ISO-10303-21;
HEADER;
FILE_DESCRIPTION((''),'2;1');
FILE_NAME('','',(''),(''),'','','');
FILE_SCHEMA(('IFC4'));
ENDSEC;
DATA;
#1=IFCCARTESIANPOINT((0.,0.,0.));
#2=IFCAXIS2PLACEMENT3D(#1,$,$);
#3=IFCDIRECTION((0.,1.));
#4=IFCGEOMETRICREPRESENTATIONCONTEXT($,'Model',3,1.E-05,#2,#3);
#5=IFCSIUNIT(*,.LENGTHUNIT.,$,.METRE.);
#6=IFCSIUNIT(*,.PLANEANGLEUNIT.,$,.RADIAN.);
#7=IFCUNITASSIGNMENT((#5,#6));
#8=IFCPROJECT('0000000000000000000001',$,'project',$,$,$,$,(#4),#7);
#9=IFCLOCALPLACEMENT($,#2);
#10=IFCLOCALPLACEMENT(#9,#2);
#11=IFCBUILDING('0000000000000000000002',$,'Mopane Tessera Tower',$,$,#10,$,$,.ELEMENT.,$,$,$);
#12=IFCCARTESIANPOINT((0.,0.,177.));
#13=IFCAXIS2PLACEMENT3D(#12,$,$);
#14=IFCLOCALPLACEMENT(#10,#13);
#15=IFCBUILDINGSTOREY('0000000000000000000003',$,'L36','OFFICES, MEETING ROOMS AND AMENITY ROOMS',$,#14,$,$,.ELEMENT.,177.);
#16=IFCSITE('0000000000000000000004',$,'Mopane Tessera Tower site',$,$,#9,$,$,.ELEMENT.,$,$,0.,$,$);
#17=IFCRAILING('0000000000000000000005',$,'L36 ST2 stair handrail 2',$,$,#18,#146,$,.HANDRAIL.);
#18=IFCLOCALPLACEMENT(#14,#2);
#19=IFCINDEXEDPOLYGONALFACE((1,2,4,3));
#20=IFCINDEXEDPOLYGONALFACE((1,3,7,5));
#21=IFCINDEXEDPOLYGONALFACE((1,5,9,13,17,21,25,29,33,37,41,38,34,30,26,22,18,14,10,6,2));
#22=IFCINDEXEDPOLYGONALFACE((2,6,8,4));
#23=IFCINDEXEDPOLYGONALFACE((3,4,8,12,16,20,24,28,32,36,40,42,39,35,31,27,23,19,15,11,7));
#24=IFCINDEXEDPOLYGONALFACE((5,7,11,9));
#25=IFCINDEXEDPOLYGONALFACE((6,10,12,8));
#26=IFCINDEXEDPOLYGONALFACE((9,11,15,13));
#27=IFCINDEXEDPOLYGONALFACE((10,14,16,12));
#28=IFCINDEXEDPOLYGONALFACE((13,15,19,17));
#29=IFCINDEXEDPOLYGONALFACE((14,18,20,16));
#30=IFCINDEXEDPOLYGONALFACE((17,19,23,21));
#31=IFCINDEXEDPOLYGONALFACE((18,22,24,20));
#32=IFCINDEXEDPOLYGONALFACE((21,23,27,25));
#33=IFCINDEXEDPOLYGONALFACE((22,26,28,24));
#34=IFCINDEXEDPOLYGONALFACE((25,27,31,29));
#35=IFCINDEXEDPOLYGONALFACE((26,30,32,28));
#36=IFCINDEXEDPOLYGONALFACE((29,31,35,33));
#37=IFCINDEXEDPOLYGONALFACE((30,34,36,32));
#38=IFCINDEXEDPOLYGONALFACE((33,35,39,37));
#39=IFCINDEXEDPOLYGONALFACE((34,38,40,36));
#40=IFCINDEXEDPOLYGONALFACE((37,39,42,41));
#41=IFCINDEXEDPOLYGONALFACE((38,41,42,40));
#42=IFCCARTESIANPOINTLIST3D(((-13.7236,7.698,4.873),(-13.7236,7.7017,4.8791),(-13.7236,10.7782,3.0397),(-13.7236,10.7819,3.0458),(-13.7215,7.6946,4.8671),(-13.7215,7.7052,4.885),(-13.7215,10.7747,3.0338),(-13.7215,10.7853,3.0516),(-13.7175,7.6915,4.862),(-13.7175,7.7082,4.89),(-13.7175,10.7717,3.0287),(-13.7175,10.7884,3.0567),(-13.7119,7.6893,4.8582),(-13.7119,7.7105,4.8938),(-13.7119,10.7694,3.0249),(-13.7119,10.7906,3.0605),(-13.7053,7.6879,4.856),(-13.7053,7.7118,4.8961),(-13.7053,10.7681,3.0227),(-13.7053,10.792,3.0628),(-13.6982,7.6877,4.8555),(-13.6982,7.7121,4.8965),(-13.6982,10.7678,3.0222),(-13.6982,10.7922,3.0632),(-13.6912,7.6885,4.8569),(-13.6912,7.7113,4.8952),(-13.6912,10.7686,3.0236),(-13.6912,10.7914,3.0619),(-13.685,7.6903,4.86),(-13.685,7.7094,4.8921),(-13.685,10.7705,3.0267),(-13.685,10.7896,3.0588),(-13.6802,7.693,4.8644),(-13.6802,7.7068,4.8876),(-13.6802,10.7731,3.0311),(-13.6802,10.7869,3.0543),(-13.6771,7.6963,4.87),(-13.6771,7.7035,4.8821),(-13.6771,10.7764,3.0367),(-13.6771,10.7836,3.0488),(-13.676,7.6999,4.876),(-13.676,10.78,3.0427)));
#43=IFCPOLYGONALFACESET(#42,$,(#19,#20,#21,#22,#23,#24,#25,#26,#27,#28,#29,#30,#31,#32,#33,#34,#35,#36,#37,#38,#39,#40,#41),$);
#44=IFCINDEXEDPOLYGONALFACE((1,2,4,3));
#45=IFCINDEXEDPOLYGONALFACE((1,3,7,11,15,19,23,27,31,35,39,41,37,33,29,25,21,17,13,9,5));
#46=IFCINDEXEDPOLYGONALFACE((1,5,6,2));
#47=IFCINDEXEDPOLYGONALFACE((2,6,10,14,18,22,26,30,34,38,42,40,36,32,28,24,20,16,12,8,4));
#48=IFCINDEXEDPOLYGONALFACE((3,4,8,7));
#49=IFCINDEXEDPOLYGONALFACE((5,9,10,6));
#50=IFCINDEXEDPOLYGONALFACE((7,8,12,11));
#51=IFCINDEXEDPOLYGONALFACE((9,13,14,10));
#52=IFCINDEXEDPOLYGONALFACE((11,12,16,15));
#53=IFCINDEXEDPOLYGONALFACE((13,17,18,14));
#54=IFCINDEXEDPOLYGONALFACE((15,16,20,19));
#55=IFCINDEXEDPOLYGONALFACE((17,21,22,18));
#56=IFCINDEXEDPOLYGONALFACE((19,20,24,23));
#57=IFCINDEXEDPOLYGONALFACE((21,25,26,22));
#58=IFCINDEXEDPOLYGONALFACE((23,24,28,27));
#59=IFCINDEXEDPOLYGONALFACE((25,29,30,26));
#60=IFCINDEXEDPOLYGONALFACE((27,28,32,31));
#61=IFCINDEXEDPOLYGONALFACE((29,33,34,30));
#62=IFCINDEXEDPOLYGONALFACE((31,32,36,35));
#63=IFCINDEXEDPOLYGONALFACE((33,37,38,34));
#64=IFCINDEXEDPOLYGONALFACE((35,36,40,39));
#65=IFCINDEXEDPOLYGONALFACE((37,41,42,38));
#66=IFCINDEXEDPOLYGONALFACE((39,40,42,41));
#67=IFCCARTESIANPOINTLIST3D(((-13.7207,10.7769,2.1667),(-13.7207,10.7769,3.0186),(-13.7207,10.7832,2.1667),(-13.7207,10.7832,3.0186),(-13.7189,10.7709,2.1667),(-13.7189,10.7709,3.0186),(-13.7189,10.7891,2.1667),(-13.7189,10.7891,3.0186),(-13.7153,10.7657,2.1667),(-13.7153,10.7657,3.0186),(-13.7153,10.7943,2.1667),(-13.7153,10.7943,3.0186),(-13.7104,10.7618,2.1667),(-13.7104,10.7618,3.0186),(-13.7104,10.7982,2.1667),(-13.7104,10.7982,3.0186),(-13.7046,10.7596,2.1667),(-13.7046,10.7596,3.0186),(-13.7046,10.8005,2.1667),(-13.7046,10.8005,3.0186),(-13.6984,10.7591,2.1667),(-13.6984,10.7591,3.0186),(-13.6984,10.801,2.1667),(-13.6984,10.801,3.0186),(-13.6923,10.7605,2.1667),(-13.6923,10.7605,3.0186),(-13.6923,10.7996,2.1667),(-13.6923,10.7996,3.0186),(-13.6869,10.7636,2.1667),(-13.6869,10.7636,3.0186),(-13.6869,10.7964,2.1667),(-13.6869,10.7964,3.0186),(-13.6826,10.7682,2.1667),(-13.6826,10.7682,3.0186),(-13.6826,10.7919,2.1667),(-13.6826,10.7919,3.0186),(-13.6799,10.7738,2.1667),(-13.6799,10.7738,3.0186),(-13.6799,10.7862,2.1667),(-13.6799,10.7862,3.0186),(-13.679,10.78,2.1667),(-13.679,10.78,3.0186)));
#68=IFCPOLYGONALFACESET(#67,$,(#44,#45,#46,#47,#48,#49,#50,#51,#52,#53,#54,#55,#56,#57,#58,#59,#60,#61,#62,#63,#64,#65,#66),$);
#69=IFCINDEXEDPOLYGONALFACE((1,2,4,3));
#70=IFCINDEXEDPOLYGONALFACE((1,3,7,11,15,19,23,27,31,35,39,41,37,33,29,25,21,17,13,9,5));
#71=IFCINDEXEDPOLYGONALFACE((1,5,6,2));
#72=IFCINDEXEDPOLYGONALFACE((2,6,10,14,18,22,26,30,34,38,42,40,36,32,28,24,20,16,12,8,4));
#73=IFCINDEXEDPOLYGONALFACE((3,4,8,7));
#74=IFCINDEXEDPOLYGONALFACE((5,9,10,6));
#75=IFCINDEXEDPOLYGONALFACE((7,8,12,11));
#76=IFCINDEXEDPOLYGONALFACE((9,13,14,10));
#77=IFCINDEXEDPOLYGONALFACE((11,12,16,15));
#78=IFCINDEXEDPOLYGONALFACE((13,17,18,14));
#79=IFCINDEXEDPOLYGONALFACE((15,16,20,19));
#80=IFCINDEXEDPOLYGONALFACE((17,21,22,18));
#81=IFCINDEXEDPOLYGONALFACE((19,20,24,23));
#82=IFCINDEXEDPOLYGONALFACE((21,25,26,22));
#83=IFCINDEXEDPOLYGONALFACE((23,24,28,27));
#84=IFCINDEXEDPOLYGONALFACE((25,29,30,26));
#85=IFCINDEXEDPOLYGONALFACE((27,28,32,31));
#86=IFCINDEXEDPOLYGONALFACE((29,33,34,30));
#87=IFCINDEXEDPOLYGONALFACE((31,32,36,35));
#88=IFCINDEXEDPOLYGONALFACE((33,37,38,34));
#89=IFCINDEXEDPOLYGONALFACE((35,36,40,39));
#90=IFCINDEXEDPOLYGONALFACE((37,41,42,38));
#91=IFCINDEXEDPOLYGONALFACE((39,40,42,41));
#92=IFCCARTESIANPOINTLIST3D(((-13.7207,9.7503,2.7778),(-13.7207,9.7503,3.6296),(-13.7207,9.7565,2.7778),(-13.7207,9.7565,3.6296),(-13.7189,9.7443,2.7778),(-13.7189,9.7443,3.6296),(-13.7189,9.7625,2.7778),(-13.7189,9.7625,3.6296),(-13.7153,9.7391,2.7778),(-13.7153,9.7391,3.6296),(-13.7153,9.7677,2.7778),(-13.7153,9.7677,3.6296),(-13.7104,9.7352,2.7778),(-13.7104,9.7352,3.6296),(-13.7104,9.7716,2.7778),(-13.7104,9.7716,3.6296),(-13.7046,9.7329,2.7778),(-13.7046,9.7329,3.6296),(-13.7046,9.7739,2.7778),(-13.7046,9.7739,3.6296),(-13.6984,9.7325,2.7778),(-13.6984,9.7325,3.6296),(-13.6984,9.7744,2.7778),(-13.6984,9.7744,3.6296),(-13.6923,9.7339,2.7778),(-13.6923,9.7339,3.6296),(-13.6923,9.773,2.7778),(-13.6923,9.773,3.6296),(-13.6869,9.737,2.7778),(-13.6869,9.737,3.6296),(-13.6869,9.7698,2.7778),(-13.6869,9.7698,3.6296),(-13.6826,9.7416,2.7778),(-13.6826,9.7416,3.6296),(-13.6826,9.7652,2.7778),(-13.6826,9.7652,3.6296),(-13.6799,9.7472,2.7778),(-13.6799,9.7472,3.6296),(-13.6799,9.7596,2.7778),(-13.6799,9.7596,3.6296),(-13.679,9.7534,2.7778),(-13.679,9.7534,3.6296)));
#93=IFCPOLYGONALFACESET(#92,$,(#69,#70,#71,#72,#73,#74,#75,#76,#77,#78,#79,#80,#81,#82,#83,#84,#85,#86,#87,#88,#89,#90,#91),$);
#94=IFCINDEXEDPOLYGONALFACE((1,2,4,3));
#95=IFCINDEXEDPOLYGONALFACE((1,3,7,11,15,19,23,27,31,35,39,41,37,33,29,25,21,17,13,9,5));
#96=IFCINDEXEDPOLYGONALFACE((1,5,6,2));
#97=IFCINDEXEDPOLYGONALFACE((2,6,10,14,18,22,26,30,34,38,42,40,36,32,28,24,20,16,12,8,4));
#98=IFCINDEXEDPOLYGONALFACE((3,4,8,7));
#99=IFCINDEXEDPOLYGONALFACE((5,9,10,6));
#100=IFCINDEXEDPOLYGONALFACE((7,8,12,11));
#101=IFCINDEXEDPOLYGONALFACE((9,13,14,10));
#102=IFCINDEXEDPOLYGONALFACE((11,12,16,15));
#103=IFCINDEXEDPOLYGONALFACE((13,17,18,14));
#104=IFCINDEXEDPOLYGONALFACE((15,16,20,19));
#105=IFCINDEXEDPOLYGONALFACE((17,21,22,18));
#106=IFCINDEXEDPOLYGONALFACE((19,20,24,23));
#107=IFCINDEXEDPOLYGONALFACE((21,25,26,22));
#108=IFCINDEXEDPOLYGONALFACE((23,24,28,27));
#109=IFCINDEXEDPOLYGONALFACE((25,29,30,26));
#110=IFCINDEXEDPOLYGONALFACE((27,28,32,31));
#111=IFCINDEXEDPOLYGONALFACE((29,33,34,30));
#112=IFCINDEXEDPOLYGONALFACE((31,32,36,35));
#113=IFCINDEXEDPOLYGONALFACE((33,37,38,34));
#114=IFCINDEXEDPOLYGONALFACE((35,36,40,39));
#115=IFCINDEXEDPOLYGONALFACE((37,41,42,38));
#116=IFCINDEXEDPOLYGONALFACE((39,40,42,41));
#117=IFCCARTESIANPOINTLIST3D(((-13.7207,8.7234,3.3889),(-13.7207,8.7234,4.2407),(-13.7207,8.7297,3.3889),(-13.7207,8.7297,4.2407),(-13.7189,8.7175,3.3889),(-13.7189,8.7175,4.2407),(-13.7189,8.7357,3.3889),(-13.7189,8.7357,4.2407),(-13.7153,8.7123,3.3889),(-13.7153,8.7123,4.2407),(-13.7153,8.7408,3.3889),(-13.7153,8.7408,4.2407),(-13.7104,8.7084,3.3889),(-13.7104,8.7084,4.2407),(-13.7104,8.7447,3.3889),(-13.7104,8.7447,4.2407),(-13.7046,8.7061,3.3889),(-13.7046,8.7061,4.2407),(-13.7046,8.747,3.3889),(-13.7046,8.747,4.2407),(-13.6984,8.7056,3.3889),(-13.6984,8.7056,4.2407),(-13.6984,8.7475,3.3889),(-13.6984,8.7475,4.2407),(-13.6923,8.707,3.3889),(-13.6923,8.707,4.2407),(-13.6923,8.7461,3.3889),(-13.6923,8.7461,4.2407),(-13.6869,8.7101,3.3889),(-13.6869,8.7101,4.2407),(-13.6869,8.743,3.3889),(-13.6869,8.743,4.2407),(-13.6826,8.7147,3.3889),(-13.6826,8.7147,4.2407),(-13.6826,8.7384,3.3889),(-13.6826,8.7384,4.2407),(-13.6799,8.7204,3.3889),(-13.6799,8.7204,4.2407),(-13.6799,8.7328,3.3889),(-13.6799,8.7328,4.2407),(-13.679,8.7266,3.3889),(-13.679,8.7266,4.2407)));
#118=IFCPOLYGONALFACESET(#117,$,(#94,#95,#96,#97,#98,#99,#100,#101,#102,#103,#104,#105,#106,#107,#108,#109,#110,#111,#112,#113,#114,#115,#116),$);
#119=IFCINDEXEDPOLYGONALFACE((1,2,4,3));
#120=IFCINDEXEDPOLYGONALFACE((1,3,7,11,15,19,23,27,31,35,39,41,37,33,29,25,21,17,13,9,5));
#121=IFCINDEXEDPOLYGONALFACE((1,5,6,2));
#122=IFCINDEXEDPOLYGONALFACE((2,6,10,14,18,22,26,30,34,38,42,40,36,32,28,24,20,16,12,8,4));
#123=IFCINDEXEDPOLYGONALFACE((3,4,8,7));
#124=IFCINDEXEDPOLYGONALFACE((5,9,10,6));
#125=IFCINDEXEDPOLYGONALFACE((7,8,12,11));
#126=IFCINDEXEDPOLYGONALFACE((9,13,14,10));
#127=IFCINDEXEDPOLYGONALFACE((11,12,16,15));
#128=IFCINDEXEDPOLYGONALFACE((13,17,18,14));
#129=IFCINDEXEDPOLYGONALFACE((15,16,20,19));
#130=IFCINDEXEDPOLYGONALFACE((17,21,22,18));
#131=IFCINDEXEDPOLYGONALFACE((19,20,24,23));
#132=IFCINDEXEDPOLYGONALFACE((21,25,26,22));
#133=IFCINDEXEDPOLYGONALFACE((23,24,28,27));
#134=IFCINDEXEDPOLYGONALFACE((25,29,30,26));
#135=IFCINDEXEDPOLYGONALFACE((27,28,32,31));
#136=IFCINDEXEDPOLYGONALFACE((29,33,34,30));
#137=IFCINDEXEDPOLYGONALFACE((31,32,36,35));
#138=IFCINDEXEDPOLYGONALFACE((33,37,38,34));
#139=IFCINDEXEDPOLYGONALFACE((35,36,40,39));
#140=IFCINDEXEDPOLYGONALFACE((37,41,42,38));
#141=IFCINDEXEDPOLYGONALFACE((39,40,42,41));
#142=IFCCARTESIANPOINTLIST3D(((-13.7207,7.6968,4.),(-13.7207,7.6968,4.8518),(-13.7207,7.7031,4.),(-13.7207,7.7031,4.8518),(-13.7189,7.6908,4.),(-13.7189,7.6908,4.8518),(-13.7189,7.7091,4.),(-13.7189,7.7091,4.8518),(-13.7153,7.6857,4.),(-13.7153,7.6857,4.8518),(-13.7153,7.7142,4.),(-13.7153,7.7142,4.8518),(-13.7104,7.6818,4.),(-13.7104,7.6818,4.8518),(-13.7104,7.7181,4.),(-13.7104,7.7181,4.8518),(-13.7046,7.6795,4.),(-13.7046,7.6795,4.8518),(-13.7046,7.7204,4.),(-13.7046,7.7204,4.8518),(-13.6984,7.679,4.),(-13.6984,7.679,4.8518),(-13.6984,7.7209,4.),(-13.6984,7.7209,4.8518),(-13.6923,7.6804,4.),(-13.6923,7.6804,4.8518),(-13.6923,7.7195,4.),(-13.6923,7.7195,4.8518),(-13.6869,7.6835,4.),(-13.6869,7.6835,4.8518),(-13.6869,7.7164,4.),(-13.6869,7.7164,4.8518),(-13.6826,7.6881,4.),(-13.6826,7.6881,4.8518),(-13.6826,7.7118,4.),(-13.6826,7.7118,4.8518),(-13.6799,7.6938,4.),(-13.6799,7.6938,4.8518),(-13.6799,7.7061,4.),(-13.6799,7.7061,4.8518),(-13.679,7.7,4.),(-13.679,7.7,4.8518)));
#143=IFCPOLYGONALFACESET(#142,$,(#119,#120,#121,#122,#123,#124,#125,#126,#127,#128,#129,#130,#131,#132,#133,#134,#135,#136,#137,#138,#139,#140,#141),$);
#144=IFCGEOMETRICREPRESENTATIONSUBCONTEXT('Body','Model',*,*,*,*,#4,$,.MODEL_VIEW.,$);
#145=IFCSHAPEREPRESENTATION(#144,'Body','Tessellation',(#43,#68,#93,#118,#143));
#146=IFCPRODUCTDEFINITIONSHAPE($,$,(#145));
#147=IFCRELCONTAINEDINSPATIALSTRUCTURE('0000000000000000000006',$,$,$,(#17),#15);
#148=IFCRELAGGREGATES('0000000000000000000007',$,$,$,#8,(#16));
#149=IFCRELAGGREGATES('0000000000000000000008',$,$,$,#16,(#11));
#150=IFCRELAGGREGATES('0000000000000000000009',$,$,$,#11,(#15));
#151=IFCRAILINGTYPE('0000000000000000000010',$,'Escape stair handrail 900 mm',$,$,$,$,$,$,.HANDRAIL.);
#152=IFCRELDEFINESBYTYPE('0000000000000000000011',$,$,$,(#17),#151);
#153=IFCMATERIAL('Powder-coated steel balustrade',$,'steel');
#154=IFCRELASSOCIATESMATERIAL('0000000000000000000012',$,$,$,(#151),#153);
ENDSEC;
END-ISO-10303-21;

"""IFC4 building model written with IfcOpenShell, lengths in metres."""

from ifc_helpers import new_model, si_unit, direction, frame, origin, origin_2d, place, context, subcontext, project, spatial, circle, extrude, material, type_object, element, save


model = new_model("IFC4")

# Units and contexts
model_context = context("Model", 3, precision=1e-05, world=origin(), true_north=direction((0.0, 1.0)))
body_context = subcontext(model_context, "Body", "Model", "MODEL_VIEW")
ifc_project = project(units=[si_unit("LENGTHUNIT", "METRE"), si_unit("PLANEANGLEUNIT", "RADIAN")], contexts=[model_context])

# Site, building, storey
site_placement = place(None, origin())
site = spatial("IfcSite", under=ifc_project, at=site_placement, Name="Mopane Tessera Tower site", CompositionType="ELEMENT", RefElevation=0.0)
building_placement = place(site_placement, origin())
building = spatial("IfcBuilding", under=site, at=building_placement, Name="Mopane Tessera Tower", CompositionType="ELEMENT")
storey_placement = place(building_placement, frame((0.0, 0.0, 177.0)))
storey = spatial("IfcBuildingStorey", under=building, at=storey_placement, Name="L36", Description="OFFICES, MEETING ROOMS AND AMENITY ROOMS", CompositionType="ELEMENT", Elevation=177.0)

# Railing
ifc_material_1 = material(Name="Powder-coated steel balustrade", Category="steel")
railing_type_1 = type_object("IfcRailingType", Name="Escape stair handrail 900 mm", PredefinedType="HANDRAIL", material=ifc_material_1)
railing_1_placement = place(storey_placement, frame((-13.7, 10.78, 2.1667)))
element("IfcRailing", 1, at=railing_1_placement, inside=storey, type_object=railing_type_1, Name="L36 ST2 stair handrail 2", PredefinedType="HANDRAIL", context=body_context, shape_type="SweptSolid", body=[
    extrude(circle(Radius=0.0239, at=origin_2d()), frame((0.0, 0.0, 0.876), z_axis=(0.0, -0.859309, 0.511458), x_axis=(1.0, 0.0, 0.0)), (0.0, 0.0, 1.0), 3.5845),
    extrude(circle(Radius=0.021, at=origin_2d()), origin(), (0.0, 0.0, 1.0), 0.8518),
    extrude(circle(Radius=0.021, at=origin_2d()), frame((0.0, -1.0266, 0.6111)), (0.0, 0.0, 1.0), 0.8518),
    extrude(circle(Radius=0.021, at=origin_2d()), frame((0.0, -2.0535, 1.2222)), (0.0, 0.0, 1.0), 0.8518),
    extrude(circle(Radius=0.021, at=origin_2d()), frame((0.0, -3.0801, 1.8333)), (0.0, 0.0, 1.0), 0.8518),
])

save(model, "model.ifc")
